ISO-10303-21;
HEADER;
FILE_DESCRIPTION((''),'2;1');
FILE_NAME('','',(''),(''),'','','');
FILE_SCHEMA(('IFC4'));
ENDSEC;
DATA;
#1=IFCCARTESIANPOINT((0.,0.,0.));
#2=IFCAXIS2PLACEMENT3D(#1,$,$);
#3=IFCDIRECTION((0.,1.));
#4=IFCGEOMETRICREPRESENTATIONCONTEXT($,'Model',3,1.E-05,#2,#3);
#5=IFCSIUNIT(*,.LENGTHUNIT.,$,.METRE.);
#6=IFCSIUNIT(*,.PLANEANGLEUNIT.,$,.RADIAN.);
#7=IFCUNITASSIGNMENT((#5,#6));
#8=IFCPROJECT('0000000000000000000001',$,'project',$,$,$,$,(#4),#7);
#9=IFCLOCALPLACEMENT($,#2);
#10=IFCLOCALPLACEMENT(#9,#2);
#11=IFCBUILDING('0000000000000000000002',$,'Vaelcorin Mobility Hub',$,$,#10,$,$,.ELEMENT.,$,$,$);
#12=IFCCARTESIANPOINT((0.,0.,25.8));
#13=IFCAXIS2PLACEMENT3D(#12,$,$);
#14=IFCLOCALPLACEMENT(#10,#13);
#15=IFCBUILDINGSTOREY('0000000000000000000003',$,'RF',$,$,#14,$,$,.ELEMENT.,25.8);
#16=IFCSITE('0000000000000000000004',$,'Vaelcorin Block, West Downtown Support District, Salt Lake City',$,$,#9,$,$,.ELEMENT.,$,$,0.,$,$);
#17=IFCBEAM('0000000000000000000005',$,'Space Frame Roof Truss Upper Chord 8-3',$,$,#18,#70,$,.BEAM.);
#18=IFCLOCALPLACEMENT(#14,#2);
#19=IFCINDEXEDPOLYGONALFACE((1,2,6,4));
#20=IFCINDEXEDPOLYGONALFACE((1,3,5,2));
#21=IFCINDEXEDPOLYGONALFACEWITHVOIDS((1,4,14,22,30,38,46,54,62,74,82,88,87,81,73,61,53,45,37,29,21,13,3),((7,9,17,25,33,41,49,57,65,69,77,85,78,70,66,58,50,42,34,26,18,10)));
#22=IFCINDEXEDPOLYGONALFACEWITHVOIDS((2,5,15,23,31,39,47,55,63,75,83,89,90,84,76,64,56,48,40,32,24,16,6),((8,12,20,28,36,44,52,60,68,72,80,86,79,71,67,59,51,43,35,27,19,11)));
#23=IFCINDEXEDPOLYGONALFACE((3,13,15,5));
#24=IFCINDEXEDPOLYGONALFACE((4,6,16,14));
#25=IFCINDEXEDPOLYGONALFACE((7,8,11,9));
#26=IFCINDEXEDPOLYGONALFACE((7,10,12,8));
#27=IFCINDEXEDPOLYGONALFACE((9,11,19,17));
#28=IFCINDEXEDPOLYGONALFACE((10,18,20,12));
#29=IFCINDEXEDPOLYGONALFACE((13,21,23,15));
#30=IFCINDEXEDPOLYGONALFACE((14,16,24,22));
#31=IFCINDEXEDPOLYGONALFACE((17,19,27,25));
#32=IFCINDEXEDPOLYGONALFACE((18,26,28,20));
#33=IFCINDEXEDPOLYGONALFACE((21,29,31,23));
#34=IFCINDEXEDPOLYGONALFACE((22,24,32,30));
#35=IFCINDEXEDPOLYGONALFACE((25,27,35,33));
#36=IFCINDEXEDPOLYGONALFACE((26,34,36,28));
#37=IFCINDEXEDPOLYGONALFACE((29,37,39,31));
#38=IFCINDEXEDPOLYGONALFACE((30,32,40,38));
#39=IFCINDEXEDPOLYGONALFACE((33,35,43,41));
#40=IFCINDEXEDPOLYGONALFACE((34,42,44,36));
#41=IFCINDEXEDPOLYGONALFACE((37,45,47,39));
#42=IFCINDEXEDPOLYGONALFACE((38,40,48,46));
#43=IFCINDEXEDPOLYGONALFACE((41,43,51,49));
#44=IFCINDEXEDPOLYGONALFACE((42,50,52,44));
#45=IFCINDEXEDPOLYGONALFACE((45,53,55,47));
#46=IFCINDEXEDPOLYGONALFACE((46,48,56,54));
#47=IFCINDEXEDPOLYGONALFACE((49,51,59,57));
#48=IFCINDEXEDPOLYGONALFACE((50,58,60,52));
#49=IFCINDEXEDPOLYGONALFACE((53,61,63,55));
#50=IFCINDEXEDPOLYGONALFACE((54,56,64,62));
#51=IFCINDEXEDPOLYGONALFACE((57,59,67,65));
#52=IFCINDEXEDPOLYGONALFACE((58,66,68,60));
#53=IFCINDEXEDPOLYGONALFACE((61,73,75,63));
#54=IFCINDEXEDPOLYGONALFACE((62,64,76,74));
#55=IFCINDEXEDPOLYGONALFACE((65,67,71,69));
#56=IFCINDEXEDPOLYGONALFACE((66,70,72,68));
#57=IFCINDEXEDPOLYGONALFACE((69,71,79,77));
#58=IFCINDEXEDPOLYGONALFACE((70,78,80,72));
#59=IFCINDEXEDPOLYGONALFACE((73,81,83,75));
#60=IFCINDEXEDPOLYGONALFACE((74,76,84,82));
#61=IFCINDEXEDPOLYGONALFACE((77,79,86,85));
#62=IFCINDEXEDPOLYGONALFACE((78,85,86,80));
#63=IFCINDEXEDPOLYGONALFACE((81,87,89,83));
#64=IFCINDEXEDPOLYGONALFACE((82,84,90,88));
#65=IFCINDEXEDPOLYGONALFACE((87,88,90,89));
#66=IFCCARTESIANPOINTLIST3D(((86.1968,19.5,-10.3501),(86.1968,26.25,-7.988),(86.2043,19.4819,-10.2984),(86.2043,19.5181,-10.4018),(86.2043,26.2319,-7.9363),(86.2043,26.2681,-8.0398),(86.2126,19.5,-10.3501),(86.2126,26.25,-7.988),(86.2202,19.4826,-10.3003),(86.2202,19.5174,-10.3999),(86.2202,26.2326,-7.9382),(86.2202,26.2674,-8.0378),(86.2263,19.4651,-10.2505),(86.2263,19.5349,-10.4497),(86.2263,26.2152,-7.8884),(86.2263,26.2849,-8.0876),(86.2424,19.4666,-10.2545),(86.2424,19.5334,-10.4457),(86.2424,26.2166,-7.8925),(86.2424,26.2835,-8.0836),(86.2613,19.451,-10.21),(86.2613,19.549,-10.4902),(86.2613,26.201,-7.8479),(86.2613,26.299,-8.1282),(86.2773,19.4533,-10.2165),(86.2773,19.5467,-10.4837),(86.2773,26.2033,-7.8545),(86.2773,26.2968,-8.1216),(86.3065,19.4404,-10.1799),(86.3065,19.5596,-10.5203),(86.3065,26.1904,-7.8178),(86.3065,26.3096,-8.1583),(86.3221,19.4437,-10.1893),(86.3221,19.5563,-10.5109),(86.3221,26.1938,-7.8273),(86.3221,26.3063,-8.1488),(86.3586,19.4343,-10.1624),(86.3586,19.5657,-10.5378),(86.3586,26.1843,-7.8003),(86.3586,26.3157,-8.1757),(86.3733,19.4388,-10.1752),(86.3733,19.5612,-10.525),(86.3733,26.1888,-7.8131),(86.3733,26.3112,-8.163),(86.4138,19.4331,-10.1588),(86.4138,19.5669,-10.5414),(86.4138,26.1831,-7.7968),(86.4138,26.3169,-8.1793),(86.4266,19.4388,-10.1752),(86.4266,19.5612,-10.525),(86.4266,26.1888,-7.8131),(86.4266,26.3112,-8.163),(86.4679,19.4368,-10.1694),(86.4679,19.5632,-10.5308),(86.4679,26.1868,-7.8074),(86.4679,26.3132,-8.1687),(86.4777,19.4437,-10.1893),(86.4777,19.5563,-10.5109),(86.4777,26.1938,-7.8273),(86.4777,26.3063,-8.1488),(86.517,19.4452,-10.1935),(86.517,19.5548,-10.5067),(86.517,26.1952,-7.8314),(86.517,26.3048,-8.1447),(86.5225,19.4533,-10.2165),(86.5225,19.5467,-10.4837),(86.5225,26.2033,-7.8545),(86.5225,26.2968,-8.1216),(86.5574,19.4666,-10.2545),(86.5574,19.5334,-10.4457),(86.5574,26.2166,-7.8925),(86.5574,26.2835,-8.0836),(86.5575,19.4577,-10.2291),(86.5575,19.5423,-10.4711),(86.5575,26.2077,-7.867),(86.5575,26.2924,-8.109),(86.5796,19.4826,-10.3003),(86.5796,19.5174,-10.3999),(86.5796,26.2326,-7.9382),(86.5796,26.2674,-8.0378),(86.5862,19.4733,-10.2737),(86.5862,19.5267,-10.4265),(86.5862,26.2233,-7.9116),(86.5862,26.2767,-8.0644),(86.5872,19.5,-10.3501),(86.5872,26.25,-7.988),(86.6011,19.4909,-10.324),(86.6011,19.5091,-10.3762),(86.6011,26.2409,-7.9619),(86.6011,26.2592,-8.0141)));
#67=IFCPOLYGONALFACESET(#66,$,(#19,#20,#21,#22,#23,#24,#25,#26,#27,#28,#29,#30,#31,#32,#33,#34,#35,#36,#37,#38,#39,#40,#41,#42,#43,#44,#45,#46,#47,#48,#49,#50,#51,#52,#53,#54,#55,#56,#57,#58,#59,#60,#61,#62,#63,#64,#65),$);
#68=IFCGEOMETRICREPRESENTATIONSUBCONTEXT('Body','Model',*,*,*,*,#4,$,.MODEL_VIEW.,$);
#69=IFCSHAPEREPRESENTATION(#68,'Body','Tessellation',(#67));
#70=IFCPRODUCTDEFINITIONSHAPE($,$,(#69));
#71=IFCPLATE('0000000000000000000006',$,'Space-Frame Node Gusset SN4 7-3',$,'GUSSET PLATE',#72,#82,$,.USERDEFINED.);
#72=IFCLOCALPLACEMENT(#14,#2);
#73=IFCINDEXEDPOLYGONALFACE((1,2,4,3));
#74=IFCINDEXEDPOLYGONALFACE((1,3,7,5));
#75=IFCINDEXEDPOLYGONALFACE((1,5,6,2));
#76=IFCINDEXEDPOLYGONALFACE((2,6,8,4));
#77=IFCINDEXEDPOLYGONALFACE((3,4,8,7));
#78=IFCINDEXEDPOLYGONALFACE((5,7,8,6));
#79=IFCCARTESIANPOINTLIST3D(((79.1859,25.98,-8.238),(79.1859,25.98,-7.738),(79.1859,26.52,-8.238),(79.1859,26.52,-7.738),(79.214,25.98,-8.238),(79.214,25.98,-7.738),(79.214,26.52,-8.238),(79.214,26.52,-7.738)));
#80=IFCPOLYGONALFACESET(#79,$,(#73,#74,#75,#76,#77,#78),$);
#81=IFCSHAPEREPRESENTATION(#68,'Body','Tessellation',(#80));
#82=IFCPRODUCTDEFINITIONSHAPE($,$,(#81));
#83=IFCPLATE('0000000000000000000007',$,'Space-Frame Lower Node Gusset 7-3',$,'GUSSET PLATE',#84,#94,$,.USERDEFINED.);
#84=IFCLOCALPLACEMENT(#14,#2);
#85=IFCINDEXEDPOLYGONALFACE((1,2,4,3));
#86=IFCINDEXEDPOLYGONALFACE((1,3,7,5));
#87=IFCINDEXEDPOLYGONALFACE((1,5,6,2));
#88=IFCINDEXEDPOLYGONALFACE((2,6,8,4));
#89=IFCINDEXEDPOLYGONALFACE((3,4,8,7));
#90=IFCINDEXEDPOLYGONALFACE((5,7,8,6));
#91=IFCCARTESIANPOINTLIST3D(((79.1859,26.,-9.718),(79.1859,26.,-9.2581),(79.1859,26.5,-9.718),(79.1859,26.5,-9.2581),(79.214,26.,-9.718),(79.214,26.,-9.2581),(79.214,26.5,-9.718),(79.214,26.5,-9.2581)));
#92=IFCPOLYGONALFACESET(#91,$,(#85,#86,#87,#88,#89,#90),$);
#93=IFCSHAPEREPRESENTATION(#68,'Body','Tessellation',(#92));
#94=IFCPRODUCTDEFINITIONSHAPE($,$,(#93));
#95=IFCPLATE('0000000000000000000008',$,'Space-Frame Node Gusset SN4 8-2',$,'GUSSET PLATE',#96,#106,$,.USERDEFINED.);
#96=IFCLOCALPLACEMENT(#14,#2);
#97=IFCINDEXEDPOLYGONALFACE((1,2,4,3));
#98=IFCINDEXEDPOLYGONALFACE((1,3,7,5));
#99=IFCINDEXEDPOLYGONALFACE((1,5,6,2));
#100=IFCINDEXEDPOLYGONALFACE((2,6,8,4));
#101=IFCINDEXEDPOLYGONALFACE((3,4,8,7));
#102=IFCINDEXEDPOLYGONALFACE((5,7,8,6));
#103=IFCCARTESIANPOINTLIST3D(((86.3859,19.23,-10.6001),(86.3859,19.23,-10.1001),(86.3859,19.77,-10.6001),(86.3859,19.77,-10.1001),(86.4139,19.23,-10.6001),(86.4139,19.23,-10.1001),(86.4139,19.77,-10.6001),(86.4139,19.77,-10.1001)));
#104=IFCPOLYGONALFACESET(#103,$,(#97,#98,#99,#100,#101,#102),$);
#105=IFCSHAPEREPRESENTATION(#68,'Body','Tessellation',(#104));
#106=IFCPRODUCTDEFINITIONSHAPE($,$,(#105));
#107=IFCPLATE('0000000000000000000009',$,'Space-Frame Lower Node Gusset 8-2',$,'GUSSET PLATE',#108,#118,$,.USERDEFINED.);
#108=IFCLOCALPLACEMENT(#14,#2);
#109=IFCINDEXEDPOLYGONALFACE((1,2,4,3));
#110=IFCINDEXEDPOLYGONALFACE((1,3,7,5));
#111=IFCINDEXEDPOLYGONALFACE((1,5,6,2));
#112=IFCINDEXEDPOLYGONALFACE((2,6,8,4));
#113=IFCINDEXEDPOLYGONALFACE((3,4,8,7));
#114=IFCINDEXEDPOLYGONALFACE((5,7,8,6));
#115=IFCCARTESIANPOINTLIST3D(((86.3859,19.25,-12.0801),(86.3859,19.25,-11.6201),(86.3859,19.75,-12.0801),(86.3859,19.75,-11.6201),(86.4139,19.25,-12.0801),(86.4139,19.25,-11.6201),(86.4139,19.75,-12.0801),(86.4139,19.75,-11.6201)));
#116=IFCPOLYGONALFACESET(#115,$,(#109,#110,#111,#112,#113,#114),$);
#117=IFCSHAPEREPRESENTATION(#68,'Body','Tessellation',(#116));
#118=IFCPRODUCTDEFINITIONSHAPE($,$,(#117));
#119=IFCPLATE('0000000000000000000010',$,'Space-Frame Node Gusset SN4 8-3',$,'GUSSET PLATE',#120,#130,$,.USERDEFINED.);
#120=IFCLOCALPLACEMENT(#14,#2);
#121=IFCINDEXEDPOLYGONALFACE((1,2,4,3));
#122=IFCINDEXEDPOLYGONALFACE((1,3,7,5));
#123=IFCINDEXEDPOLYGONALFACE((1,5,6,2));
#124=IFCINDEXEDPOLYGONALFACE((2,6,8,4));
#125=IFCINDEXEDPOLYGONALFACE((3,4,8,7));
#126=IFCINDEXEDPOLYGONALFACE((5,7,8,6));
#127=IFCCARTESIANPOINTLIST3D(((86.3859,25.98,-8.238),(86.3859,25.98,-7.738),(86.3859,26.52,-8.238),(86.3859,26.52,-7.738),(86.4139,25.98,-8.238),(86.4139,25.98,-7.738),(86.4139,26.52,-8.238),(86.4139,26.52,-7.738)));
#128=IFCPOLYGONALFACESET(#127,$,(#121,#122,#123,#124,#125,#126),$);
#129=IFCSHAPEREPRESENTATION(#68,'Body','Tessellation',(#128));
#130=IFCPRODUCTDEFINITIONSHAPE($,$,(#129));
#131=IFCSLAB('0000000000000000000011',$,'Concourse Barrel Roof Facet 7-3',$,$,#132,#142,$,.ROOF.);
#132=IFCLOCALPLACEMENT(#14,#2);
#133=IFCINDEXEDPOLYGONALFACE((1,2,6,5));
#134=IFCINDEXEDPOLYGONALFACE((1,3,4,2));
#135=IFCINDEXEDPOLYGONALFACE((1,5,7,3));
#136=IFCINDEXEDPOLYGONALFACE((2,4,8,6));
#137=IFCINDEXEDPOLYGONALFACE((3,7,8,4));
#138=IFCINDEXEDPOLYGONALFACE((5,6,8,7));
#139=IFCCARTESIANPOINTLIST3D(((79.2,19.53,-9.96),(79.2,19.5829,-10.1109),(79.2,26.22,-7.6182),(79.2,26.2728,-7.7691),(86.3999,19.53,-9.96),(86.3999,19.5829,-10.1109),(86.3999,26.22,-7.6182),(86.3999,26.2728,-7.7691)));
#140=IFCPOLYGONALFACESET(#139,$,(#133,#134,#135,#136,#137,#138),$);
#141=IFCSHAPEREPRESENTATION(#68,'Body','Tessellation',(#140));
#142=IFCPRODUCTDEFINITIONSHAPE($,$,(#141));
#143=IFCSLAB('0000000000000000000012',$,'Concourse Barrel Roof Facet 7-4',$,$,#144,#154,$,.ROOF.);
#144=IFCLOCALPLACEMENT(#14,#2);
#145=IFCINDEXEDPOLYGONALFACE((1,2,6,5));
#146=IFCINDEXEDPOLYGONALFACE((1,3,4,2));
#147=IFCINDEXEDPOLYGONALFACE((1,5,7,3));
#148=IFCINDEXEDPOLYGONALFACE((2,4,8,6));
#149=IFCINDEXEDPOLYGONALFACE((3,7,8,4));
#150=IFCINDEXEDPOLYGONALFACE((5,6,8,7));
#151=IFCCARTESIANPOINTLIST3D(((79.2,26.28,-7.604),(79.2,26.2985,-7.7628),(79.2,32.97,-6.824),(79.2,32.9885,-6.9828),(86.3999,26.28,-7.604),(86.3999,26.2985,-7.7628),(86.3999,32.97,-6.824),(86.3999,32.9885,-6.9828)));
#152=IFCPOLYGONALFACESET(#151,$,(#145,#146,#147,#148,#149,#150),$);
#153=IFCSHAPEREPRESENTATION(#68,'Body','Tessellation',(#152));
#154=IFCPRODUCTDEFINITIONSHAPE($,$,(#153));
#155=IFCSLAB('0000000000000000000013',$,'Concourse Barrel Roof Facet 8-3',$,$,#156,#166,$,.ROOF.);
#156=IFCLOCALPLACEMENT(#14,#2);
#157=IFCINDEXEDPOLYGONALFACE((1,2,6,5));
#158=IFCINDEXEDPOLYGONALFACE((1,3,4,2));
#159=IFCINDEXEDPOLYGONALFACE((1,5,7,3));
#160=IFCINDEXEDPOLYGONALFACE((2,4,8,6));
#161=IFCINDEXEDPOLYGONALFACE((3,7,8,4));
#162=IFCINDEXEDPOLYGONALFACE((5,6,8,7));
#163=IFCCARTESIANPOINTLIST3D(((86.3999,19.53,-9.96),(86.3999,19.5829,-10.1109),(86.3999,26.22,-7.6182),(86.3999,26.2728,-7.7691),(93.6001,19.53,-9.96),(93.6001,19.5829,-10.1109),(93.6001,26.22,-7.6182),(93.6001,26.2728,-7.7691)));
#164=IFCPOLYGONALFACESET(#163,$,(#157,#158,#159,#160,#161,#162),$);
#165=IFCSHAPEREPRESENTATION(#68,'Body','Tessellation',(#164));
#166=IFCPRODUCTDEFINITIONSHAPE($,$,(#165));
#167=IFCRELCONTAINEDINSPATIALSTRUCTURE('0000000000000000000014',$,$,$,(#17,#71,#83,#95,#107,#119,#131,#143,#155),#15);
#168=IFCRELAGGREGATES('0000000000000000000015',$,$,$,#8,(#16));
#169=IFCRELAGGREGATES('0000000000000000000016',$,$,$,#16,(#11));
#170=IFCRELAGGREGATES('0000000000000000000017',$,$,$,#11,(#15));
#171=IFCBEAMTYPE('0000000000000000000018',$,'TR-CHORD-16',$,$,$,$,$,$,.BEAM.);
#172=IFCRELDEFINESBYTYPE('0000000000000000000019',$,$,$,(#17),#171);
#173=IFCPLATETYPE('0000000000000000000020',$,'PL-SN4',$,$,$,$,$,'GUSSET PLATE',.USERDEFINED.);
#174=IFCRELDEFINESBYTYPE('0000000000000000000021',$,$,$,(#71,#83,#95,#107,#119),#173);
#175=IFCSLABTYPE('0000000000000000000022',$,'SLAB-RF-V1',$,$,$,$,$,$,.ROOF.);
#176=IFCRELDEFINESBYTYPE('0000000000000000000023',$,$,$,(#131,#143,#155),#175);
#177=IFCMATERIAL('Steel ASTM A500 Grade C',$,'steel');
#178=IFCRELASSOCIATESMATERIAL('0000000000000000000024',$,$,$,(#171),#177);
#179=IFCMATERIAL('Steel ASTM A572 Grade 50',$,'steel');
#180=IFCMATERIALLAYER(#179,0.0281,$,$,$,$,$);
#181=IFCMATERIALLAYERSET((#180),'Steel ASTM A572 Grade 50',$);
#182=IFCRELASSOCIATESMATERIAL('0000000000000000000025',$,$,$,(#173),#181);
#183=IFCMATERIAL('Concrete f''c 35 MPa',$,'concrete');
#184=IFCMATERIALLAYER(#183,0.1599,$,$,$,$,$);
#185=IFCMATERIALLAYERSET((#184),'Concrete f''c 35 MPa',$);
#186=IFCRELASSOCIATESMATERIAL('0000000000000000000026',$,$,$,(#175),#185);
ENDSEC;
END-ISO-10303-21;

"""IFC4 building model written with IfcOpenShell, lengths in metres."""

from ifc_helpers import new_model, si_unit, direction, frame, origin, origin_2d, place, context, subcontext, project, spatial, polyline, rectangle, hollow_circle, outline, extrude, material, layer, layer_set, material_profile, profile_set, type_object, element, save


model = new_model("IFC4")

# Units and contexts
model_context = context("Model", 3, precision=1e-05, world=origin(), true_north=direction((0.0, 1.0)))
body_context = subcontext(model_context, "Body", "Model", "MODEL_VIEW")
ifc_project = project(units=[si_unit("LENGTHUNIT", "METRE"), si_unit("PLANEANGLEUNIT", "RADIAN")], contexts=[model_context])

# Site, building, storey
site_placement = place(None, origin())
site = spatial("IfcSite", under=ifc_project, at=site_placement, Name="Vaelcorin Block, West Downtown Support District, Salt Lake City", CompositionType="ELEMENT", RefElevation=0.0)
building_placement = place(site_placement, origin())
building = spatial("IfcBuilding", under=site, at=building_placement, Name="Vaelcorin Mobility Hub", CompositionType="ELEMENT")
storey_placement = place(building_placement, frame((0.0, 0.0, 25.8)))
storey = spatial("IfcBuildingStorey", under=building, at=storey_placement, Name="RF", CompositionType="ELEMENT", Elevation=25.8)

# Shared definitions
ifc_material_1 = material(Name="Steel ASTM A500 Grade C", Category="steel")

# Beam
ifc_material_profile_1 = material_profile(ifc_material_1, hollow_circle(Radius=0.2031, WallThickness=0.0159, at=origin_2d()), Name="HSS16.000X0.625")
ifc_profile_set_1 = profile_set([ifc_material_profile_1], Name="Steel ASTM A500 Grade C")
beam_type = type_object("IfcBeamType", Name="TR-CHORD-16", PredefinedType="BEAM", material=ifc_profile_set_1)
beam_1_placement = place(storey_placement, frame((86.3999, 19.5, -10.3501), z_axis=(0.0, 0.943878, 0.330296), x_axis=(-1.0, 0.0, 0.0)))
element("IfcBeam", 1, at=beam_1_placement, inside=storey, type_object=beam_type, Name="Space Frame Roof Truss Upper Chord 8-3", PredefinedType="BEAM", context=body_context, shape_type="SweptSolid", body=[
    extrude(hollow_circle(Radius=0.2031, WallThickness=0.0159, at=origin_2d()), origin(), (0.0, 0.0, 1.0), 7.1514),
])

# Plates
ifc_material_2 = material(Name="Steel ASTM A572 Grade 50", Category="steel")
ifc_layer_1 = layer(ifc_material_2, 0.0281)
ifc_layer_set_1 = layer_set([ifc_layer_1], Name="Steel ASTM A572 Grade 50")
plate_type = type_object("IfcPlateType", Name="PL-SN4", ElementType="GUSSET PLATE", PredefinedType="USERDEFINED", material=ifc_layer_set_1)
plate_1_placement = place(storey_placement, frame((79.2, 26.25, -8.238), z_axis=(0.0, 0.0, 1.0), x_axis=(1.0, 0.0, 0.0)))
element("IfcPlate", 2, at=plate_1_placement, inside=storey, type_object=plate_type, Name="Space-Frame Node Gusset SN4 7-3", ObjectType="GUSSET PLATE", PredefinedType="USERDEFINED", context=body_context, shape_type="SweptSolid", body=[
    extrude(rectangle(XDim=0.0281, YDim=0.54, at=origin_2d()), origin(), (0.0, 0.0, 1.0), 0.5),
])
plate_2_placement = place(storey_placement, frame((79.2, 26.25, -9.718), z_axis=(0.0, 0.0, 1.0), x_axis=(1.0, 0.0, 0.0)))
element("IfcPlate", 3, at=plate_2_placement, inside=storey, type_object=plate_type, Name="Space-Frame Lower Node Gusset 7-3", ObjectType="GUSSET PLATE", PredefinedType="USERDEFINED", context=body_context, shape_type="SweptSolid", body=[
    extrude(rectangle(XDim=0.0281, YDim=0.5, at=origin_2d()), origin(), (0.0, 0.0, 1.0), 0.46),
])
plate_3_placement = place(storey_placement, frame((86.3999, 19.5, -10.6001), z_axis=(0.0, 0.0, 1.0), x_axis=(1.0, 0.0, 0.0)))
element("IfcPlate", 4, at=plate_3_placement, inside=storey, type_object=plate_type, Name="Space-Frame Node Gusset SN4 8-2", ObjectType="GUSSET PLATE", PredefinedType="USERDEFINED", context=body_context, shape_type="SweptSolid", body=[
    extrude(rectangle(XDim=0.0281, YDim=0.54, at=origin_2d()), origin(), (0.0, 0.0, 1.0), 0.5),
])
plate_4_placement = place(storey_placement, frame((86.3999, 19.5, -12.0801), z_axis=(0.0, 0.0, 1.0), x_axis=(1.0, 0.0, 0.0)))
element("IfcPlate", 5, at=plate_4_placement, inside=storey, type_object=plate_type, Name="Space-Frame Lower Node Gusset 8-2", ObjectType="GUSSET PLATE", PredefinedType="USERDEFINED", context=body_context, shape_type="SweptSolid", body=[
    extrude(rectangle(XDim=0.0281, YDim=0.5, at=origin_2d()), origin(), (0.0, 0.0, 1.0), 0.46),
])
plate_5_placement = place(storey_placement, frame((86.3999, 26.25, -8.238), z_axis=(0.0, 0.0, 1.0), x_axis=(1.0, 0.0, 0.0)))
element("IfcPlate", 6, at=plate_5_placement, inside=storey, type_object=plate_type, Name="Space-Frame Node Gusset SN4 8-3", ObjectType="GUSSET PLATE", PredefinedType="USERDEFINED", context=body_context, shape_type="SweptSolid", body=[
    extrude(rectangle(XDim=0.0281, YDim=0.54, at=origin_2d()), origin(), (0.0, 0.0, 1.0), 0.5),
])

# Slabs
ifc_material_3 = material(Name="Concrete f'c 35 MPa", Category="concrete")
ifc_layer_2 = layer(ifc_material_3, 0.1599)
ifc_layer_set_2 = layer_set([ifc_layer_2], Name="Concrete f'c 35 MPa")
slab_type = type_object("IfcSlabType", Name="SLAB-RF-V1", PredefinedType="ROOF", material=ifc_layer_set_2)
slab_1_placement = place(storey_placement, frame((79.2, 19.53, -9.96), z_axis=(0.0, -0.33039, 0.943844), x_axis=(1.0, 0.0, 0.0)))
element("IfcSlab", 7, at=slab_1_placement, inside=storey, type_object=slab_type, Name="Concourse Barrel Roof Facet 7-3", PredefinedType="ROOF", context=body_context, shape_type="SweptSolid", body=[
    extrude(outline(polyline([(0.0, 0.0), (7.2, 0.0), (7.2, 7.088), (0.0, 7.088), (0.0, 0.0)])), origin(), (0.0, 0.0, -1.0), 0.1599),
])
slab_2_placement = place(storey_placement, frame((79.2, 26.28, -7.604), z_axis=(0.0, -0.115813, 0.993271), x_axis=(1.0, 0.0, 0.0)))
element("IfcSlab", 8, at=slab_2_placement, inside=storey, type_object=slab_type, Name="Concourse Barrel Roof Facet 7-4", PredefinedType="ROOF", context=body_context, shape_type="SweptSolid", body=[
    extrude(outline(polyline([(0.0, 0.0), (7.2, 0.0), (7.2, 6.7353), (0.0, 6.7353), (0.0, 0.0)])), origin(), (0.0, 0.0, -1.0), 0.1599),
])
slab_3_placement = place(storey_placement, frame((86.3999, 19.53, -9.96), z_axis=(0.0, -0.33039, 0.943844), x_axis=(1.0, 0.0, 0.0)))
element("IfcSlab", 9, at=slab_3_placement, inside=storey, type_object=slab_type, Name="Concourse Barrel Roof Facet 8-3", PredefinedType="ROOF", context=body_context, shape_type="SweptSolid", body=[
    extrude(outline(polyline([(0.0, 0.0), (7.2002, 0.0), (7.2002, 7.088), (0.0, 7.088), (0.0, 0.0)])), origin(), (0.0, 0.0, -1.0), 0.1599),
])

save(model, "model.ifc")
